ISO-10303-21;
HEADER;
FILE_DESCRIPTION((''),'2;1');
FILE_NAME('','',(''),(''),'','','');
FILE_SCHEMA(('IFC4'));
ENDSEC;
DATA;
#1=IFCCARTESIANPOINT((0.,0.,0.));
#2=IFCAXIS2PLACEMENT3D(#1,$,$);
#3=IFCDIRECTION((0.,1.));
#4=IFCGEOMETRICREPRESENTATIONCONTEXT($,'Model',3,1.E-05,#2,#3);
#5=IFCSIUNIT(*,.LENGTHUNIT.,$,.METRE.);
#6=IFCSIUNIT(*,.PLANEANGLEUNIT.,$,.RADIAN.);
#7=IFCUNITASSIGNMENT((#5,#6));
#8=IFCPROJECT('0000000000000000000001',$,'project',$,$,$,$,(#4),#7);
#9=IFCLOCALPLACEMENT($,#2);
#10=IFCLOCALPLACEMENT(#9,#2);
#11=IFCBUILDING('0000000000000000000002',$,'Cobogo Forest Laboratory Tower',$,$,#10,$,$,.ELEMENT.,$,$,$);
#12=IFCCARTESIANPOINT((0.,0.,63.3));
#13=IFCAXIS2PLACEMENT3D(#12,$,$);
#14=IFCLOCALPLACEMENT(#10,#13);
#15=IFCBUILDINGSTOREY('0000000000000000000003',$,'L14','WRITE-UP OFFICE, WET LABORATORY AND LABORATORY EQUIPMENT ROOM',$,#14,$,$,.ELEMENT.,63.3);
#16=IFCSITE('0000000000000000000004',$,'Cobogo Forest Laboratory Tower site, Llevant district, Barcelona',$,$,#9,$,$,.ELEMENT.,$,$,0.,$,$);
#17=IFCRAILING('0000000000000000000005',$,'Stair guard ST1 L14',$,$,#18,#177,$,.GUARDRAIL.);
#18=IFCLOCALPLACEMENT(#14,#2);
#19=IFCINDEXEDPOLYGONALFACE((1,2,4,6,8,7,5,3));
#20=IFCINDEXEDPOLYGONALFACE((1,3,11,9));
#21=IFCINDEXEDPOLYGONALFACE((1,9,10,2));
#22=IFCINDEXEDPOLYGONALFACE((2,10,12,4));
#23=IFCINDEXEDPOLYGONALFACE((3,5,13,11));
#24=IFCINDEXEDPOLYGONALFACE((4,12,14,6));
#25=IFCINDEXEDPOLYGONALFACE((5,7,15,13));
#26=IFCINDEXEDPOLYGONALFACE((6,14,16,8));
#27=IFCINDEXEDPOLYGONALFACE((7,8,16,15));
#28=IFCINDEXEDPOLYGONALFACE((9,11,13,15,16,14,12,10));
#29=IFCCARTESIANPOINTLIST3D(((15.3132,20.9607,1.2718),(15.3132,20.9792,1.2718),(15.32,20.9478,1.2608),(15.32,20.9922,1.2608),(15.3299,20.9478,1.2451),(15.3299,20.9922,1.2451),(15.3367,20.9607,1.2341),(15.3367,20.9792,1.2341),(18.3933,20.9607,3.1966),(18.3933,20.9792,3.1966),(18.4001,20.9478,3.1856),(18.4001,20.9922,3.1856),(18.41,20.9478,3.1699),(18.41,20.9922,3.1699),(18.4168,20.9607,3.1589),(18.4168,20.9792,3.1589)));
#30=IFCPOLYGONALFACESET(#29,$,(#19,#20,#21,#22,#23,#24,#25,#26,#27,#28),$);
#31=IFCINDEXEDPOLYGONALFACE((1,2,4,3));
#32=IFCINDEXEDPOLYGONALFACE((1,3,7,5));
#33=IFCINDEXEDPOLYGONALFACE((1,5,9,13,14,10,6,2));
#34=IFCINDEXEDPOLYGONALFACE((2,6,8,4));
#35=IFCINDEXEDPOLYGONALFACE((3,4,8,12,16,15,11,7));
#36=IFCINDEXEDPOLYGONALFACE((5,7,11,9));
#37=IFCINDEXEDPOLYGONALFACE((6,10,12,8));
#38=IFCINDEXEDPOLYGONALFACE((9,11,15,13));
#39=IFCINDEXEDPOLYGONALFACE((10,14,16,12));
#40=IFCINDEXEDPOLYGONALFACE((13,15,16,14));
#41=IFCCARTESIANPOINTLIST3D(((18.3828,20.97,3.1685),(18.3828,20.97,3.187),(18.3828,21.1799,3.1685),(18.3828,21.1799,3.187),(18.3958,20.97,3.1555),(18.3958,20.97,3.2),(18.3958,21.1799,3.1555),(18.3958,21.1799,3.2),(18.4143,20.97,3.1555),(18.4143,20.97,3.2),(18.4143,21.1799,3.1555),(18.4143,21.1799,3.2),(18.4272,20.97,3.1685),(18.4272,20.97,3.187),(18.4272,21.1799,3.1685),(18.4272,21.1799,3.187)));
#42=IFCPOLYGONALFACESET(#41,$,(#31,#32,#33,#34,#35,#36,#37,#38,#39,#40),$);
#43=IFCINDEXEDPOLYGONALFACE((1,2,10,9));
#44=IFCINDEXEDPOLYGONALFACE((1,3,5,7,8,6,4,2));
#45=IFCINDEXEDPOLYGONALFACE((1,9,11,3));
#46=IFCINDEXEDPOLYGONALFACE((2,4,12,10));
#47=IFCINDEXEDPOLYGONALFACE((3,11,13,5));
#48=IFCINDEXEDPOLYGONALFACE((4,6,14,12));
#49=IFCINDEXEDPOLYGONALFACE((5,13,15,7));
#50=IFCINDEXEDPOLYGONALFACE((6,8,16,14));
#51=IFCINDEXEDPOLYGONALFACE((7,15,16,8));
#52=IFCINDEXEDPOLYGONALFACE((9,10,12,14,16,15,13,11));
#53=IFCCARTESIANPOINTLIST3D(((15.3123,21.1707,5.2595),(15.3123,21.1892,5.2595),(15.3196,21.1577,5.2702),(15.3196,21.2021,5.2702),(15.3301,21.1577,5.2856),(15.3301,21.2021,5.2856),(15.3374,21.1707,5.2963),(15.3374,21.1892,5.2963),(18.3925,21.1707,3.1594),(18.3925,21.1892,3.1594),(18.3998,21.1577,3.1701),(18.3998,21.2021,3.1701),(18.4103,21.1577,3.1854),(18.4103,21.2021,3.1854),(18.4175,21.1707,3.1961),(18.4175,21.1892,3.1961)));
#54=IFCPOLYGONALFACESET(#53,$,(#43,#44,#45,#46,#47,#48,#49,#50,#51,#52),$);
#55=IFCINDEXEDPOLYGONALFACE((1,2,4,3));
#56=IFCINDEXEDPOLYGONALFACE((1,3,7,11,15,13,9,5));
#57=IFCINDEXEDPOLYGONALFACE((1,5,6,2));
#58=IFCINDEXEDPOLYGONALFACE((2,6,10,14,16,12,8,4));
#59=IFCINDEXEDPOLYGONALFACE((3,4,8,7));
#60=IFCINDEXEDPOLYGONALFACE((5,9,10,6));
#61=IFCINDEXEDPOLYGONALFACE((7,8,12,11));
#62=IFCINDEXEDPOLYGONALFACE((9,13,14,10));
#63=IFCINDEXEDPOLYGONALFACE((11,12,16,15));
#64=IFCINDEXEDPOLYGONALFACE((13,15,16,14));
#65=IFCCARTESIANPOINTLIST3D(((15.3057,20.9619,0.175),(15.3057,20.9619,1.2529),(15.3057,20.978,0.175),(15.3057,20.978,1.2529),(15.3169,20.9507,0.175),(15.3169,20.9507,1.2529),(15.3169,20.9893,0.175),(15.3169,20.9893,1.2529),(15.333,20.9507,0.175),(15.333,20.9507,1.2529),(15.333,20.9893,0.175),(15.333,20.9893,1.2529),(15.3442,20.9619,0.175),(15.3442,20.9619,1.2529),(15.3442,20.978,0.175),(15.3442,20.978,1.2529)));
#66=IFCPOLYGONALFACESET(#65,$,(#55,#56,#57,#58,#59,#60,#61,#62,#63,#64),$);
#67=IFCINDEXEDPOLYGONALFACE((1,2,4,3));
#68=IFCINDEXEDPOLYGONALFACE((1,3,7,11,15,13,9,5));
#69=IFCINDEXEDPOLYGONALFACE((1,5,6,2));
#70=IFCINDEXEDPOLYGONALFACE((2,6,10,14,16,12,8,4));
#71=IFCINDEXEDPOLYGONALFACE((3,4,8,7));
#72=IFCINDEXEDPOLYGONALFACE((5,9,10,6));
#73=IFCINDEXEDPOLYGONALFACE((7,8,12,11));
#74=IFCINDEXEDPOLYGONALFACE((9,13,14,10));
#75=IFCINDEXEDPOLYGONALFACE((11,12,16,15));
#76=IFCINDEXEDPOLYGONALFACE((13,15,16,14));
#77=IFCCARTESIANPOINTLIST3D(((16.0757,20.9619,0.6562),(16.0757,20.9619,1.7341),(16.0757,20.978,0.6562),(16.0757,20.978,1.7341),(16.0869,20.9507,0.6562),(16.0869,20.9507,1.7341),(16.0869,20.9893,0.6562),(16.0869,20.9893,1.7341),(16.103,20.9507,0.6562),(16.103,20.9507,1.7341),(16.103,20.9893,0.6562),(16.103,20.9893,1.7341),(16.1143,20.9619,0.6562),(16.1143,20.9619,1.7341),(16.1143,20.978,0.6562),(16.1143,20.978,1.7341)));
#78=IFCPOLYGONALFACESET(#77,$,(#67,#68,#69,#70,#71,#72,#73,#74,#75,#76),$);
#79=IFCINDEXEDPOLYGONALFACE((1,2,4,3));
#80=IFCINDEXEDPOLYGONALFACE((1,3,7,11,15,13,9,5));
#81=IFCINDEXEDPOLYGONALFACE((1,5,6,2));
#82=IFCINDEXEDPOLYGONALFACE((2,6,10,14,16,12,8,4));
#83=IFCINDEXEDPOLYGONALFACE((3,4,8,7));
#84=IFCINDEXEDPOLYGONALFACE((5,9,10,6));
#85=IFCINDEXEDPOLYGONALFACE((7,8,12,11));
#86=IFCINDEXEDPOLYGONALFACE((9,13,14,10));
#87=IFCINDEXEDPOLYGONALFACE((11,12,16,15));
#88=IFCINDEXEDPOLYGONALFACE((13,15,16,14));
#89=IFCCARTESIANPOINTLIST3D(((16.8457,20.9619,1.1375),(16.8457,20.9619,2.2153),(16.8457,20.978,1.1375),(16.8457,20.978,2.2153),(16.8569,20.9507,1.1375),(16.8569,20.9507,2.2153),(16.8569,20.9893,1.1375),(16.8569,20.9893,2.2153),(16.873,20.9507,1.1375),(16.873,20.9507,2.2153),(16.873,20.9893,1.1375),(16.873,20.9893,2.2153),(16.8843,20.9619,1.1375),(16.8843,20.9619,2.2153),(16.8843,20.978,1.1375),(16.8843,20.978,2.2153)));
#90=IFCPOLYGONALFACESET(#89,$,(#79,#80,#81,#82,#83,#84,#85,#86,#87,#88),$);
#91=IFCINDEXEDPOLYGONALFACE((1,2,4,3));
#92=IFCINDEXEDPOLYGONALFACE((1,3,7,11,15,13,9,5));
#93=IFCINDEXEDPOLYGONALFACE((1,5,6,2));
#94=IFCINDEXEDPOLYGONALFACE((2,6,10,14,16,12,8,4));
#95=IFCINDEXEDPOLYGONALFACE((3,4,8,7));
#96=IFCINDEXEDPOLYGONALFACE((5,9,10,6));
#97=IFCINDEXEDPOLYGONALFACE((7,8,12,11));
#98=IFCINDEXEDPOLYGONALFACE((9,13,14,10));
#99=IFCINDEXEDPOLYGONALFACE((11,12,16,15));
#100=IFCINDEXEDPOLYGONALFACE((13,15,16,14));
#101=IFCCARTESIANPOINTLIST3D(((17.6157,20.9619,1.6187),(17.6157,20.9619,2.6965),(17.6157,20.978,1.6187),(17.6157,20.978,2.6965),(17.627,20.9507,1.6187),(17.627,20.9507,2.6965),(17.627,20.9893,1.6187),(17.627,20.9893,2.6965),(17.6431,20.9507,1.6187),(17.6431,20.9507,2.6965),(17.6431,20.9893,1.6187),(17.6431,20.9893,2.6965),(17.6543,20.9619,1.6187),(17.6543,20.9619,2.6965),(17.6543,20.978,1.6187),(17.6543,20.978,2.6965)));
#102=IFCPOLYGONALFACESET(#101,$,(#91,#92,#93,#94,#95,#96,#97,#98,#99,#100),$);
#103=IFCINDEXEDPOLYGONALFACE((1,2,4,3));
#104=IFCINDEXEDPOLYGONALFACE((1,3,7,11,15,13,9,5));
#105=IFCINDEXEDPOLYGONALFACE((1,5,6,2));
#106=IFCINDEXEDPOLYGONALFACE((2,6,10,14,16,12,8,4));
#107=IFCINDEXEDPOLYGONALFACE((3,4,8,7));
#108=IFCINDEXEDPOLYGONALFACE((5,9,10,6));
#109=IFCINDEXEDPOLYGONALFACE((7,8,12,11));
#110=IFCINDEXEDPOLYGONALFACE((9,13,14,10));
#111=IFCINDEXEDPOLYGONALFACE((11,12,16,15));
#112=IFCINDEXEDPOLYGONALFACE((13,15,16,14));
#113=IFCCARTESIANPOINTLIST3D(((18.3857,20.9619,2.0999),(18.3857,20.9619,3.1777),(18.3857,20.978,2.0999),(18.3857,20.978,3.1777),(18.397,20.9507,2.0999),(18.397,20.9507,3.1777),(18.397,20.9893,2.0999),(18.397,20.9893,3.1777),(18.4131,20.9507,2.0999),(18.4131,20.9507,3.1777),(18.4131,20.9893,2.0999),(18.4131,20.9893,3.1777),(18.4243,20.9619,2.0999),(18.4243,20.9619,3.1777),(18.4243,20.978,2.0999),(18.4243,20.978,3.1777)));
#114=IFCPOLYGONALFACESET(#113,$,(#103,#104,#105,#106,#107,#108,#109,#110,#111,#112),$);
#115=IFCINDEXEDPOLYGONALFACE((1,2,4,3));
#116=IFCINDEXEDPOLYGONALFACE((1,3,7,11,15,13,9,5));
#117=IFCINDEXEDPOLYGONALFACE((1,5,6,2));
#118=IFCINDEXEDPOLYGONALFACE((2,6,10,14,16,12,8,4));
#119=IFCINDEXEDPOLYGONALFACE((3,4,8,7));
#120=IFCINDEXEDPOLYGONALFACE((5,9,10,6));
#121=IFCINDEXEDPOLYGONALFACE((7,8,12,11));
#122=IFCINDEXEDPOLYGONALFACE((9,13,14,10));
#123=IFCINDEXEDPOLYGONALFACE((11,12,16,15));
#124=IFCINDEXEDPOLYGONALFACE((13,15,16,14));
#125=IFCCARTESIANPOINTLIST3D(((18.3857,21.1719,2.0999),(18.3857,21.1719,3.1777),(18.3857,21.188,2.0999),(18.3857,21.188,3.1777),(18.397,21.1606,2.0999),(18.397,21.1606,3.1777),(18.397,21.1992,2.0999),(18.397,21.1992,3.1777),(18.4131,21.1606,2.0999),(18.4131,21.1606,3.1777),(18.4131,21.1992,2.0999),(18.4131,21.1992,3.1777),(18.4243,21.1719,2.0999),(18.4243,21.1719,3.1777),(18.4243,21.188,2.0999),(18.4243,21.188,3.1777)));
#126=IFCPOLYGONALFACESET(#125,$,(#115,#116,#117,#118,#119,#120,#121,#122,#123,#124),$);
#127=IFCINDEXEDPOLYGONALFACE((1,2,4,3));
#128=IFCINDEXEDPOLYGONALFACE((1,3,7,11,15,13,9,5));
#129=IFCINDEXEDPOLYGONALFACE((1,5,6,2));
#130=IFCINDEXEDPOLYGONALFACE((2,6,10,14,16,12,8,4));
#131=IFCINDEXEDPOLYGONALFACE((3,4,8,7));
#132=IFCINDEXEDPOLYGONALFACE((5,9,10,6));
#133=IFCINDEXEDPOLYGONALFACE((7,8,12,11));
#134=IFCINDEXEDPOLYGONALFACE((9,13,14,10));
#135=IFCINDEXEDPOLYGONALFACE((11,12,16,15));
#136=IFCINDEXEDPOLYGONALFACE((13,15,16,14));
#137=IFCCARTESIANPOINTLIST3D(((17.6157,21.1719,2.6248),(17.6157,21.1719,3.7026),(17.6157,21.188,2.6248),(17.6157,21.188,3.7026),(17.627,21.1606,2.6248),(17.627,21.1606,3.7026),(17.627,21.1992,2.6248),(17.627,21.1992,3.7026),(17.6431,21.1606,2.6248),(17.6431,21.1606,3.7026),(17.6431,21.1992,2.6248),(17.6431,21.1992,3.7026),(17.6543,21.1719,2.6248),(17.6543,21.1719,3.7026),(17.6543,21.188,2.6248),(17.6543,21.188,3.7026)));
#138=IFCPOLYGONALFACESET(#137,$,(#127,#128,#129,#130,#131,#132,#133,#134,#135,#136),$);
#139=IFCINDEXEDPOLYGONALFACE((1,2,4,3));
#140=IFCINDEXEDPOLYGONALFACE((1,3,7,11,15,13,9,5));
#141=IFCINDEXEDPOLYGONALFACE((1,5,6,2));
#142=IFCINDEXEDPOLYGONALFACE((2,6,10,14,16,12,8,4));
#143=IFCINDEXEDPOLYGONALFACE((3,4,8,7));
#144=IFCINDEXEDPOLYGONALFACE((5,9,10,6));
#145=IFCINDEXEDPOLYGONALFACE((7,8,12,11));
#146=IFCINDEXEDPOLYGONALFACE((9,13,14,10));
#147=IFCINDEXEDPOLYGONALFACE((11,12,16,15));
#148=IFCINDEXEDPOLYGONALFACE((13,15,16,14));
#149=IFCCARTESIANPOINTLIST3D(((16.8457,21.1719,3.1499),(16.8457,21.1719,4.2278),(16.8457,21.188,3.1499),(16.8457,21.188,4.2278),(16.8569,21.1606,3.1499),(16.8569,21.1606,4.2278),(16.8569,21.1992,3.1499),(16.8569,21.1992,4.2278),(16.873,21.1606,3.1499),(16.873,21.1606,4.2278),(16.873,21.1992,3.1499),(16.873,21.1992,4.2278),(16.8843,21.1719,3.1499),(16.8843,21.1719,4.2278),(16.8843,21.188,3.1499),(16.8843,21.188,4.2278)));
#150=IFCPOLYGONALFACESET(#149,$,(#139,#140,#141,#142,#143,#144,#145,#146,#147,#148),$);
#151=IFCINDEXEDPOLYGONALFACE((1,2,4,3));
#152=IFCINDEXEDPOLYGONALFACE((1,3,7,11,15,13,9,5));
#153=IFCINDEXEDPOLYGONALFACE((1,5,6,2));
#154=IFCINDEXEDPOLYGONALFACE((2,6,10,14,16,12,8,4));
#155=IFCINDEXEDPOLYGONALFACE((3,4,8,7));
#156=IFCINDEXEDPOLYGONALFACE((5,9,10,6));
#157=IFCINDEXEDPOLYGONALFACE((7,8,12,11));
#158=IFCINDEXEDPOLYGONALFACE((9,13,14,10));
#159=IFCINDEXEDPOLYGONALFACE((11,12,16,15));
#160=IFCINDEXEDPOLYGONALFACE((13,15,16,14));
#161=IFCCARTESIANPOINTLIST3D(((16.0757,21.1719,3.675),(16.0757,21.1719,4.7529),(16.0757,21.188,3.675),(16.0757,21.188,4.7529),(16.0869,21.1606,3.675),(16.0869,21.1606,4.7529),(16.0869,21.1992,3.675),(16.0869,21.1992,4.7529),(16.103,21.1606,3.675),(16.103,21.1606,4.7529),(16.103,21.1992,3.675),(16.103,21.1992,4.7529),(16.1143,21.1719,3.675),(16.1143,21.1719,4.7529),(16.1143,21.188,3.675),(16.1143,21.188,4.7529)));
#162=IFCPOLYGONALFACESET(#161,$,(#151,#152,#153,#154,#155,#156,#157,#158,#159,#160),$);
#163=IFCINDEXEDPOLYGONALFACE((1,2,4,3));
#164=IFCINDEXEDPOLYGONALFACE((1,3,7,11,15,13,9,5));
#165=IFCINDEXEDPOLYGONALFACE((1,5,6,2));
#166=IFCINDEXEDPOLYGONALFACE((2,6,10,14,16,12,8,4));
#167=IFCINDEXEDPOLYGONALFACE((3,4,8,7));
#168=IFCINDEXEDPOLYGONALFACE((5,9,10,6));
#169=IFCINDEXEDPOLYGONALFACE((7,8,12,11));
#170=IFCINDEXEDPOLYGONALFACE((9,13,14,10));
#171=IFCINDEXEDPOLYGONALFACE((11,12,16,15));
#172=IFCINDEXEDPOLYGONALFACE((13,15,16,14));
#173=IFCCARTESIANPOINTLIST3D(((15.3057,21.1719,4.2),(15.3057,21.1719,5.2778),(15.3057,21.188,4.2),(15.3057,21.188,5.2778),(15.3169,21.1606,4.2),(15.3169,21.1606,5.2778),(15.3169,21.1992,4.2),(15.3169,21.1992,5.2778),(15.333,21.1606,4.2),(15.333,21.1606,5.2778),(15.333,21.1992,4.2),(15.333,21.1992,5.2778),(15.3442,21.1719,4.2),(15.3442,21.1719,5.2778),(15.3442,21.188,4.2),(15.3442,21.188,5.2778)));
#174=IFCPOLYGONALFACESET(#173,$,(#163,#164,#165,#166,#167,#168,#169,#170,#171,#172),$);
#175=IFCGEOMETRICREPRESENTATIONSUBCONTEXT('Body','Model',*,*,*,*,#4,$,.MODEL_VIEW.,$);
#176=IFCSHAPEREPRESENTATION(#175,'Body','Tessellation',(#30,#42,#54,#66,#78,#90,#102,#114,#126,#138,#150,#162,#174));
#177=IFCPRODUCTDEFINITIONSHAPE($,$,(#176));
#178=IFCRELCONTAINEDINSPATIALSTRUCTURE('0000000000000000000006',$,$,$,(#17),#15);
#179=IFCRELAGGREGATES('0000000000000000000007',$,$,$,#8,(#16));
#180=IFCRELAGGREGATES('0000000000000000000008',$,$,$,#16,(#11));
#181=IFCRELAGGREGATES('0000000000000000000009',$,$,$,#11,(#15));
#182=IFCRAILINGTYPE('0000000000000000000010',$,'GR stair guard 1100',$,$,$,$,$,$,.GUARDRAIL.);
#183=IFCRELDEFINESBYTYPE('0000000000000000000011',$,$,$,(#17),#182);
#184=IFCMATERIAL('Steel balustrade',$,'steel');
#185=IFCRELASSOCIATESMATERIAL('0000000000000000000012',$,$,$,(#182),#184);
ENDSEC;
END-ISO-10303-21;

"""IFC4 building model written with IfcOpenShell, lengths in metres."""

from ifc_helpers import new_model, si_unit, direction, frame, origin, place, context, subcontext, project, spatial, polyline, outline, extrude, material, type_object, element, save


model = new_model("IFC4")

# Units and contexts
model_context = context("Model", 3, precision=1e-05, world=origin(), true_north=direction((0.0, 1.0)))
body_context = subcontext(model_context, "Body", "Model", "MODEL_VIEW")
ifc_project = project(units=[si_unit("LENGTHUNIT", "METRE"), si_unit("PLANEANGLEUNIT", "RADIAN")], contexts=[model_context])

# Site, building, storey
site_placement = place(None, origin())
site = spatial("IfcSite", under=ifc_project, at=site_placement, Name="Cobogo Forest Laboratory Tower site, Llevant district, Barcelona", CompositionType="ELEMENT", RefElevation=0.0)
building_placement = place(site_placement, origin())
building = spatial("IfcBuilding", under=site, at=building_placement, Name="Cobogo Forest Laboratory Tower", CompositionType="ELEMENT")
storey_placement = place(building_placement, frame((0.0, 0.0, 63.3)))
storey = spatial("IfcBuildingStorey", under=building, at=storey_placement, Name="L14", Description="WRITE-UP OFFICE, WET LABORATORY AND LABORATORY EQUIPMENT ROOM", CompositionType="ELEMENT", Elevation=63.3)

# Railing
ifc_material_1 = material(Name="Steel balustrade", Category="steel")
railing_type_1 = type_object("IfcRailingType", Name="GR stair guard 1100", PredefinedType="GUARDRAIL", material=ifc_material_1)
railing_1_placement = place(storey_placement, frame((15.325, 20.97, 0.175)))
element("IfcRailing", 1, at=railing_1_placement, inside=storey, type_object=railing_type_1, Name="Stair guard ST1 L14", PredefinedType="GUARDRAIL", context=body_context, shape_type="SweptSolid", body=[
    extrude(outline(polyline([(0.0222, 0.0093), (0.0093, 0.0222), (-0.0093, 0.0222), (-0.0222, 0.0093), (-0.0222, -0.0093), (-0.0093, -0.0222), (0.0093, -0.0222), (0.0222, -0.0093), (0.0222, 0.0093)])), frame((0.0, 0.0, 1.0779), z_axis=(0.848029, 0.0, 0.529951), x_axis=(0.0, 1.0, 0.0)), (0.0, 0.0, 1.0), 3.6321),
    extrude(outline(polyline([(0.0222, 0.0093), (0.0093, 0.0222), (-0.0093, 0.0222), (-0.0222, 0.0093), (-0.0222, -0.0093), (-0.0093, -0.0222), (0.0093, -0.0222), (0.0222, -0.0093), (0.0222, 0.0093)])), frame((3.0801, 0.0, 3.0027), z_axis=(0.0, 1.0, 0.0), x_axis=(-1.0, 0.0, 0.0)), (0.0, 0.0, 1.0), 0.21),
    extrude(outline(polyline([(0.0222, 0.0093), (0.0093, 0.0222), (-0.0093, 0.0222), (-0.0222, 0.0093), (-0.0222, -0.0093), (-0.0093, -0.0222), (0.0093, -0.0222), (0.0222, -0.0093), (0.0222, 0.0093)])), frame((3.0801, 0.21, 3.0027), z_axis=(-0.826222, 0.0, 0.563345), x_axis=(0.0, -1.0, 0.0)), (0.0, 0.0, 1.0), 3.728),
    extrude(outline(polyline([(0.0193, 0.0081), (0.0081, 0.0193), (-0.0081, 0.0193), (-0.0193, 0.0081), (-0.0193, -0.0081), (-0.0081, -0.0193), (0.0081, -0.0193), (0.0193, -0.0081), (0.0193, 0.0081)])), origin(), (0.0, 0.0, 1.0), 1.0779),
    extrude(outline(polyline([(0.0193, 0.0081), (0.0081, 0.0193), (-0.0081, 0.0193), (-0.0193, 0.0081), (-0.0193, -0.0081), (-0.0081, -0.0193), (0.0081, -0.0193), (0.0193, -0.0081), (0.0193, 0.0081)])), frame((0.77, 0.0, 0.4812)), (0.0, 0.0, 1.0), 1.0779),
    extrude(outline(polyline([(0.0193, 0.0081), (0.0081, 0.0193), (-0.0081, 0.0193), (-0.0193, 0.0081), (-0.0193, -0.0081), (-0.0081, -0.0193), (0.0081, -0.0193), (0.0193, -0.0081), (0.0193, 0.0081)])), frame((1.54, 0.0, 0.9624)), (0.0, 0.0, 1.0), 1.0779),
    extrude(outline(polyline([(0.0193, 0.0081), (0.0081, 0.0193), (-0.0081, 0.0193), (-0.0193, 0.0081), (-0.0193, -0.0081), (-0.0081, -0.0193), (0.0081, -0.0193), (0.0193, -0.0081), (0.0193, 0.0081)])), frame((2.3101, 0.0, 1.4436)), (0.0, 0.0, 1.0), 1.0779),
    extrude(outline(polyline([(0.0193, 0.0081), (0.0081, 0.0193), (-0.0081, 0.0193), (-0.0193, 0.0081), (-0.0193, -0.0081), (-0.0081, -0.0193), (0.0081, -0.0193), (0.0193, -0.0081), (0.0193, 0.0081)])), frame((3.0801, 0.0, 1.9248)), (0.0, 0.0, 1.0), 1.0779),
    extrude(outline(polyline([(0.0193, 0.0081), (0.0081, 0.0193), (-0.0081, 0.0193), (-0.0193, 0.0081), (-0.0193, -0.0081), (-0.0081, -0.0193), (0.0081, -0.0193), (0.0193, -0.0081), (0.0193, 0.0081)])), frame((3.0801, 0.21, 1.9248)), (0.0, 0.0, 1.0), 1.0779),
    extrude(outline(polyline([(0.0193, 0.0081), (0.0081, 0.0193), (-0.0081, 0.0193), (-0.0193, 0.0081), (-0.0193, -0.0081), (-0.0081, -0.0193), (0.0081, -0.0193), (0.0193, -0.0081), (0.0193, 0.0081)])), frame((2.3101, 0.21, 2.4497)), (0.0, 0.0, 1.0), 1.0779),
    extrude(outline(polyline([(0.0193, 0.0081), (0.0081, 0.0193), (-0.0081, 0.0193), (-0.0193, 0.0081), (-0.0193, -0.0081), (-0.0081, -0.0193), (0.0081, -0.0193), (0.0193, -0.0081), (0.0193, 0.0081)])), frame((1.54, 0.21, 2.9749)), (0.0, 0.0, 1.0), 1.0779),
    extrude(outline(polyline([(0.0193, 0.0081), (0.0081, 0.0193), (-0.0081, 0.0193), (-0.0193, 0.0081), (-0.0193, -0.0081), (-0.0081, -0.0193), (0.0081, -0.0193), (0.0193, -0.0081), (0.0193, 0.0081)])), frame((0.77, 0.21, 3.5)), (0.0, 0.0, 1.0), 1.0779),
    extrude(outline(polyline([(0.0193, 0.0081), (0.0081, 0.0193), (-0.0081, 0.0193), (-0.0193, 0.0081), (-0.0193, -0.0081), (-0.0081, -0.0193), (0.0081, -0.0193), (0.0193, -0.0081), (0.0193, 0.0081)])), frame((0.0, 0.21, 4.0249)), (0.0, 0.0, 1.0), 1.0779),
])

save(model, "model.ifc")
